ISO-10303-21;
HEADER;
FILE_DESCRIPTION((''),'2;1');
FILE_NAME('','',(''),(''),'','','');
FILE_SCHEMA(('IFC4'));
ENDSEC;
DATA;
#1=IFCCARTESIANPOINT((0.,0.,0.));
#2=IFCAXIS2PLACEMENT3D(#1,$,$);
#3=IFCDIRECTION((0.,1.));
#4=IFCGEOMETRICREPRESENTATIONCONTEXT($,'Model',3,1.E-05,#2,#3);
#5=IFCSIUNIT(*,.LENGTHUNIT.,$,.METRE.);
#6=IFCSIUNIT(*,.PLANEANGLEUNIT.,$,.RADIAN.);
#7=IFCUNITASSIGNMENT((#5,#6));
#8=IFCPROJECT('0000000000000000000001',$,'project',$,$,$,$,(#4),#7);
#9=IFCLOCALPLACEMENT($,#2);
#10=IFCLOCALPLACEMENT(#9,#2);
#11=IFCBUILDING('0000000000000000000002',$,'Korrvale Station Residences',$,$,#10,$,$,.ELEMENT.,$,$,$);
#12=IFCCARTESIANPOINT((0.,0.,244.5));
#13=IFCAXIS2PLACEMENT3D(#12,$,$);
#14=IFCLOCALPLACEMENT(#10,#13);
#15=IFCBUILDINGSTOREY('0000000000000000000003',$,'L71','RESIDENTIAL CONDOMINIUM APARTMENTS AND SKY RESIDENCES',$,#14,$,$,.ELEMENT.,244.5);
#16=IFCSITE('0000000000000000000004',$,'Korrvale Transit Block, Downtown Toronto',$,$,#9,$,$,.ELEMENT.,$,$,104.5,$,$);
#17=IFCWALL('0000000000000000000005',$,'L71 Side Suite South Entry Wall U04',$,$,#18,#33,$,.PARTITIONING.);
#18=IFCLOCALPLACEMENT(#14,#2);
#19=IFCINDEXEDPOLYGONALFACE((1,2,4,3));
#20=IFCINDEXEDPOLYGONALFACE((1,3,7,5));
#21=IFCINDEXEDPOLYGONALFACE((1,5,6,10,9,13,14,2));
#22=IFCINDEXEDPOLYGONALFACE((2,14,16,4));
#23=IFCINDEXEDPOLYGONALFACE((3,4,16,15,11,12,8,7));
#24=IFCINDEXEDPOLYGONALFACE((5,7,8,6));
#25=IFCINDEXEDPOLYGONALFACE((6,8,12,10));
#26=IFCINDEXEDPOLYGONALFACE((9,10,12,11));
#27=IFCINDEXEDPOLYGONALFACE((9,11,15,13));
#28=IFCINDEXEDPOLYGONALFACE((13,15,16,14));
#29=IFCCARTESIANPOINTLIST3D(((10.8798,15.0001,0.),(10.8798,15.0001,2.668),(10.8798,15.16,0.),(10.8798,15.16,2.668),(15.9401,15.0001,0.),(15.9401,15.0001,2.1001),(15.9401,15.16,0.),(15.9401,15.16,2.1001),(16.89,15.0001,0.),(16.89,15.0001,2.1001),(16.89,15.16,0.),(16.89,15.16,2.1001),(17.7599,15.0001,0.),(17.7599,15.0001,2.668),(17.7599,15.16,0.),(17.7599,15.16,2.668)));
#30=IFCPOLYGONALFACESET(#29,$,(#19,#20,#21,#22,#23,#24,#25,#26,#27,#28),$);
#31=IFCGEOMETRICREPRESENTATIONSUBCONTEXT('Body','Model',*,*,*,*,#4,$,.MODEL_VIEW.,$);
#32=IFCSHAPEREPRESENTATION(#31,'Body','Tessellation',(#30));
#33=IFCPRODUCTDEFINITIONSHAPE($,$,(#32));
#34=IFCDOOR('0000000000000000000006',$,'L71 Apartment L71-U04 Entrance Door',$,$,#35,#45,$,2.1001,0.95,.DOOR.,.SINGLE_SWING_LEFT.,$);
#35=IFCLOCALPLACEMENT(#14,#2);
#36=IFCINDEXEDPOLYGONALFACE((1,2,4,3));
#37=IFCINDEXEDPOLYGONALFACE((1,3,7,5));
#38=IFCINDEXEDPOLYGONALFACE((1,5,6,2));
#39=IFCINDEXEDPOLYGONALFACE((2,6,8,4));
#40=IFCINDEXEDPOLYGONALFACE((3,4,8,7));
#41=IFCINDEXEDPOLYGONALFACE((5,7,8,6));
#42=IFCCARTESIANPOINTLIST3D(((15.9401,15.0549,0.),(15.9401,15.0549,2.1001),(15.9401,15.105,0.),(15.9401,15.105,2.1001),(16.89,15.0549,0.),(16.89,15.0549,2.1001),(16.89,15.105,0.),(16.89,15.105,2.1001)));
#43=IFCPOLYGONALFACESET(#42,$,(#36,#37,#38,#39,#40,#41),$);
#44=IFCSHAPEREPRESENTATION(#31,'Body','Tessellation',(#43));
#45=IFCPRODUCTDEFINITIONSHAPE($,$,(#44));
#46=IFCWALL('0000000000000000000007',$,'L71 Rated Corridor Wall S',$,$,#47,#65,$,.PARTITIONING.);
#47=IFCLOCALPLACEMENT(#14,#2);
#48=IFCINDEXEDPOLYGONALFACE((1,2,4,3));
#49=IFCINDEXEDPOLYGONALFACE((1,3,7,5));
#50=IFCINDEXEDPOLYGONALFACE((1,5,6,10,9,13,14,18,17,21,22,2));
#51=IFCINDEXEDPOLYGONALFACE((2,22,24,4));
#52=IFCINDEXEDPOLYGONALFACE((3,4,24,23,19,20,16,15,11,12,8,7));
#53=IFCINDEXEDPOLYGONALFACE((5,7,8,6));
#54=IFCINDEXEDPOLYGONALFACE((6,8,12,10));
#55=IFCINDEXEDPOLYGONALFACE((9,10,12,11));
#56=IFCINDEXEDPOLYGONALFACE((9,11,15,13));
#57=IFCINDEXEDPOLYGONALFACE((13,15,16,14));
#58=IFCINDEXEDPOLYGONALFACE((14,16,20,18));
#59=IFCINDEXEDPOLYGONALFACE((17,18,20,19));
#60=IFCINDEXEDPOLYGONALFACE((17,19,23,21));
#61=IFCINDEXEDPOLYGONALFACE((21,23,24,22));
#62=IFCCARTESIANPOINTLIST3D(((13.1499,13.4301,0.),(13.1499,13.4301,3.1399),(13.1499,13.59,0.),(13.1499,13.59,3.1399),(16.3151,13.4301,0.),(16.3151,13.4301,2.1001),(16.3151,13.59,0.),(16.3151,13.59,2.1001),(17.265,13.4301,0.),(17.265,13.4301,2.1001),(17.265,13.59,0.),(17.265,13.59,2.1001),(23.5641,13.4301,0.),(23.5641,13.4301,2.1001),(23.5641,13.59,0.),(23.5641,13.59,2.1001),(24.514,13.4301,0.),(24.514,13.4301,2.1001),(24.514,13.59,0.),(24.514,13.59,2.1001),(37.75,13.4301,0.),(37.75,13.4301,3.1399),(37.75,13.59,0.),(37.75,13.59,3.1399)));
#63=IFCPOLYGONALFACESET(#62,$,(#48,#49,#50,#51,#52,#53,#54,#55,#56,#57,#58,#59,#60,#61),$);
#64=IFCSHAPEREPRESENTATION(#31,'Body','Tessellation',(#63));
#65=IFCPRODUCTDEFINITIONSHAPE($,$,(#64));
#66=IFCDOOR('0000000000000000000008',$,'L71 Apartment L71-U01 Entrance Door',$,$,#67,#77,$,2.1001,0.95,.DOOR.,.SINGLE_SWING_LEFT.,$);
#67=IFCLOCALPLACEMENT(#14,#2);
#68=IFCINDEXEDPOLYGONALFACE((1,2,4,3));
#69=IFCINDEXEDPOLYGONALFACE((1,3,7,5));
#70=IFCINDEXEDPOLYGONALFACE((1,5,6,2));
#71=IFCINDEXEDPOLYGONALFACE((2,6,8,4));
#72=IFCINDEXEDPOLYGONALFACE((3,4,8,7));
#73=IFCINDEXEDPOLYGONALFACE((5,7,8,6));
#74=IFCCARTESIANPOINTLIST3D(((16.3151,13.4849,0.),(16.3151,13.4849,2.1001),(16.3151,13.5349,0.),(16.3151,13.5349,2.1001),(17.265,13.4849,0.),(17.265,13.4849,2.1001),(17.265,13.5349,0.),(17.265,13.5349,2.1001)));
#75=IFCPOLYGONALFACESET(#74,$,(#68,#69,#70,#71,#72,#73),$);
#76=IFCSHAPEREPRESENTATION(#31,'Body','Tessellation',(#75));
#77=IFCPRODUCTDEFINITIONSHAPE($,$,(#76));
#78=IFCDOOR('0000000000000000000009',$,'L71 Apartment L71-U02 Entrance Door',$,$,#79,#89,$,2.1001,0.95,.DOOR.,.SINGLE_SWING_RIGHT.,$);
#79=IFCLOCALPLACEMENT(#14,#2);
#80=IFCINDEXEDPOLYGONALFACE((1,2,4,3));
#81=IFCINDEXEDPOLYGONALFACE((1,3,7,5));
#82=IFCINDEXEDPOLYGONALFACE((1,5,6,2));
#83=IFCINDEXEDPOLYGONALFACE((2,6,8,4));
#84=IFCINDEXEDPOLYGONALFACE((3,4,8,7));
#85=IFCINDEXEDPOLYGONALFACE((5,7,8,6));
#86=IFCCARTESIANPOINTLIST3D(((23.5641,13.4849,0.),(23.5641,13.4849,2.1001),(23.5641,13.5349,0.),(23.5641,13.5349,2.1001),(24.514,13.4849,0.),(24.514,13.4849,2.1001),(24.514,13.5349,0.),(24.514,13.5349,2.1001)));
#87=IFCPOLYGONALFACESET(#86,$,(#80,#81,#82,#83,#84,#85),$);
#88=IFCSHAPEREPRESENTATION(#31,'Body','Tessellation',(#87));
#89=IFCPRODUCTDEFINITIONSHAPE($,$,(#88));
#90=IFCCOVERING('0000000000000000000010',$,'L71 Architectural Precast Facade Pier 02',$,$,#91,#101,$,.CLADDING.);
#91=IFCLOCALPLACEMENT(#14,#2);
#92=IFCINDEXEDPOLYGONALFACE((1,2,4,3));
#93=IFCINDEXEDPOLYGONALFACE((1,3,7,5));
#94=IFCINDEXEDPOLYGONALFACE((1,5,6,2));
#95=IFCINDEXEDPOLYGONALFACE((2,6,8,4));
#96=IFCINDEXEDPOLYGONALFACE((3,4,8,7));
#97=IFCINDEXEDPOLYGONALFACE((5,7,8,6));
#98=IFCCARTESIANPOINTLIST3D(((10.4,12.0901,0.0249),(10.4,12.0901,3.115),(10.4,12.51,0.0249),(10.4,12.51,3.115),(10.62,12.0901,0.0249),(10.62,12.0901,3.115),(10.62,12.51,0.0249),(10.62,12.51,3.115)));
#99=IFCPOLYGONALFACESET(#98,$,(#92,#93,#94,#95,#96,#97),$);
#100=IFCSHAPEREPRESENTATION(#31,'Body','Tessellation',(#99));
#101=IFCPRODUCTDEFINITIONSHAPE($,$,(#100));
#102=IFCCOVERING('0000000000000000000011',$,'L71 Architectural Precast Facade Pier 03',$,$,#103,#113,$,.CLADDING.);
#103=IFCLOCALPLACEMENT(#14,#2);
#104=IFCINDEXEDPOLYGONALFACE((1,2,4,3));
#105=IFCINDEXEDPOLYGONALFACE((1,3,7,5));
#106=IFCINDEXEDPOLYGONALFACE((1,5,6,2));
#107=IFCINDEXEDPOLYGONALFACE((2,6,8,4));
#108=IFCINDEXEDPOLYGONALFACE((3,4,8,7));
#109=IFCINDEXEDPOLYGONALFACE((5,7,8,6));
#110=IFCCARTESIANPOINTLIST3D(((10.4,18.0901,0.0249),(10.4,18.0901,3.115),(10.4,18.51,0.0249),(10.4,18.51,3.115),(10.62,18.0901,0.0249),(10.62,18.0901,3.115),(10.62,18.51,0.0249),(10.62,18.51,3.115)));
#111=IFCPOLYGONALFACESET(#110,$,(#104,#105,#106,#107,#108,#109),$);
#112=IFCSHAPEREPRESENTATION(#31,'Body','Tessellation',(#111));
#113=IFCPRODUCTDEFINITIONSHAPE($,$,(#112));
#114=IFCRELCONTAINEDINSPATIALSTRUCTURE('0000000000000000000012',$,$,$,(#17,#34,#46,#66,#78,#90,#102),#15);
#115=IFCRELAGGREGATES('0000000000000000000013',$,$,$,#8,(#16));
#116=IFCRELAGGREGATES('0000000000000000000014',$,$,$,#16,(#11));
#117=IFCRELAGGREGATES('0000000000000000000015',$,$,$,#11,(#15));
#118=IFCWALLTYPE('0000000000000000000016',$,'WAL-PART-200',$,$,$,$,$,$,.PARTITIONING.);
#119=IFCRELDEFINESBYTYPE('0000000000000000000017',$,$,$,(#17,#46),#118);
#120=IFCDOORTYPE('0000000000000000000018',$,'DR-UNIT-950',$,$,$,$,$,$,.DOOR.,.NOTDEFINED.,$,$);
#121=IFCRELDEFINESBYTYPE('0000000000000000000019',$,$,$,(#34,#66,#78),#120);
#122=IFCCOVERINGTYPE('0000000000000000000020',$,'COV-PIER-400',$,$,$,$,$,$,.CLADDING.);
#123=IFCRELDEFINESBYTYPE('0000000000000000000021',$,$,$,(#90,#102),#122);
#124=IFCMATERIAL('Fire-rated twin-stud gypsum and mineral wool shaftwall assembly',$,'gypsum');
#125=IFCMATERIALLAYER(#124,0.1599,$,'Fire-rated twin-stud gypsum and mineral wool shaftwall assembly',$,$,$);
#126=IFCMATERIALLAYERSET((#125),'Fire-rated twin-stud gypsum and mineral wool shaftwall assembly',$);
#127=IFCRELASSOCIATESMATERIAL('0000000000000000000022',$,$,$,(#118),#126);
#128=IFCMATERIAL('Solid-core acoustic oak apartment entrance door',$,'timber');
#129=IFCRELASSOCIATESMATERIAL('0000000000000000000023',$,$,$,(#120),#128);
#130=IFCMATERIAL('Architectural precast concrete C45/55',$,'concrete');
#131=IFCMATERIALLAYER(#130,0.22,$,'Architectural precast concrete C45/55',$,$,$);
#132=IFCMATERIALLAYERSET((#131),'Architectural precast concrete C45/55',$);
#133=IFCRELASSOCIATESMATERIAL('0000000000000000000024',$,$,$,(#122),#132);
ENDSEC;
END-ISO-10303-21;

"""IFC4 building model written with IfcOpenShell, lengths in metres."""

from ifc_helpers import new_model, si_unit, direction, frame, frame_2d, origin, origin_2d, place, context, subcontext, project, spatial, rectangle, extrude, material, layer, layer_set, type_object, element, fill, save


model = new_model("IFC4")

# Units and contexts
model_context = context("Model", 3, precision=1e-05, world=origin(), true_north=direction((0.0, 1.0)))
body_context = subcontext(model_context, "Body", "Model", "MODEL_VIEW")
ifc_project = project(units=[si_unit("LENGTHUNIT", "METRE"), si_unit("PLANEANGLEUNIT", "RADIAN")], contexts=[model_context])

# Site, building, storey
site_placement = place(None, origin())
site = spatial("IfcSite", under=ifc_project, at=site_placement, Name="Korrvale Transit Block, Downtown Toronto", CompositionType="ELEMENT", RefElevation=104.5)
building_placement = place(site_placement, origin())
building = spatial("IfcBuilding", under=site, at=building_placement, Name="Korrvale Station Residences", CompositionType="ELEMENT")
storey_placement = place(building_placement, frame((0.0, 0.0, 244.5)))
storey = spatial("IfcBuildingStorey", under=building, at=storey_placement, Name="L71", Description="RESIDENTIAL CONDOMINIUM APARTMENTS AND SKY RESIDENCES", CompositionType="ELEMENT", Elevation=244.5)

# Shared definitions
ifc_material_1 = material(Name="Fire-rated twin-stud gypsum and mineral wool shaftwall assembly", Category="gypsum")
ifc_layer_1 = layer(ifc_material_1, 0.1599, Name="Fire-rated twin-stud gypsum and mineral wool shaftwall assembly")
ifc_layer_set_1 = layer_set([ifc_layer_1], Name="Fire-rated twin-stud gypsum and mineral wool shaftwall assembly")
wall_type_1 = type_object("IfcWallType", Name="WAL-PART-200", PredefinedType="PARTITIONING", material=ifc_layer_set_1)

# Wall, opening, door
wall_1_placement = place(storey_placement, frame((10.8799, 15.0801, 0.0), z_axis=(0.0, 0.0, 1.0), x_axis=(1.0, 0.0, 0.0)))
wall_1 = element("IfcWall", 1, at=wall_1_placement, inside=storey, type_object=wall_type_1, Name="L71 Side Suite South Entry Wall U04", PredefinedType="PARTITIONING", context=body_context, shape_type="SweptSolid", body=[
    extrude(rectangle(XDim=6.8801, YDim=0.1599, at=frame_2d((3.4399, 0.0))), origin(), (0.0, 0.0, 1.0), 2.668),
])
opening_1_placement = place(wall_1_placement, frame((5.0601, 0.0, 0.0)))
opening_1 = element("IfcOpeningElement", 2, at=opening_1_placement, cuts=wall_1, PredefinedType="OPENING", context=body_context, shape_type="SweptSolid", body=[
    extrude(rectangle(XDim=0.95, YDim=2.1001, at=frame_2d((0.4751, 1.05))), frame((0.0, 0.0898, 0.0), z_axis=(0.0, -1.0, 0.0), x_axis=(1.0, 0.0, 0.0)), (0.0, 0.0, 1.0), 0.1799),
])
ifc_material_2 = material(Name="Solid-core acoustic oak apartment entrance door", Category="timber")
door_type_1 = type_object("IfcDoorType", Name="DR-UNIT-950", OperationType="NOTDEFINED", PredefinedType="DOOR", material=ifc_material_2)
door_1_placement = place(opening_1_placement, origin())
door_1 = element("IfcDoor", 3, at=door_1_placement, inside=storey, type_object=door_type_1, Name="L71 Apartment L71-U04 Entrance Door", OperationType="SINGLE_SWING_LEFT", OverallHeight=2.1001, OverallWidth=0.95, PredefinedType="DOOR", context=body_context, shape_type="SweptSolid", body=[
    extrude(rectangle(XDim=0.95, YDim=2.1001, at=frame_2d((0.4751, 1.05))), frame((0.0, 0.0249, 0.0), z_axis=(0.0, -1.0, 0.0), x_axis=(1.0, 0.0, 0.0)), (0.0, 0.0, 1.0), 0.05),
])
fill(opening_1, door_1)

# Wall, openings, doors
wall_2_placement = place(storey_placement, frame((13.1499, 13.51, 0.0), z_axis=(0.0, 0.0, 1.0), x_axis=(1.0, 0.0, 0.0)))
wall_2 = element("IfcWall", 4, at=wall_2_placement, inside=storey, type_object=wall_type_1, Name="L71 Rated Corridor Wall S", PredefinedType="PARTITIONING", context=body_context, shape_type="SweptSolid", body=[
    extrude(rectangle(XDim=24.6001, YDim=0.1599, at=frame_2d((12.3, 0.0))), origin(), (0.0, 0.0, 1.0), 3.1399),
])
opening_2_placement = place(wall_2_placement, frame((3.165, 0.0, 0.0)))
opening_2 = element("IfcOpeningElement", 5, at=opening_2_placement, cuts=wall_2, PredefinedType="OPENING", context=body_context, shape_type="SweptSolid", body=[
    extrude(rectangle(XDim=0.95, YDim=2.1001, at=frame_2d((0.4751, 1.05))), frame((0.0, 0.0898, 0.0), z_axis=(0.0, -1.0, 0.0), x_axis=(1.0, 0.0, 0.0)), (0.0, 0.0, 1.0), 0.1799),
])
opening_3_placement = place(wall_2_placement, frame((10.4141, 0.0, 0.0)))
opening_3 = element("IfcOpeningElement", 6, at=opening_3_placement, cuts=wall_2, PredefinedType="OPENING", context=body_context, shape_type="SweptSolid", body=[
    extrude(rectangle(XDim=0.95, YDim=2.1001, at=frame_2d((0.4751, 1.05))), frame((0.0, 0.0898, 0.0), z_axis=(0.0, -1.0, 0.0), x_axis=(1.0, 0.0, 0.0)), (0.0, 0.0, 1.0), 0.1799),
])
door_2_placement = place(opening_2_placement, origin())
door_2 = element("IfcDoor", 7, at=door_2_placement, inside=storey, type_object=door_type_1, Name="L71 Apartment L71-U01 Entrance Door", OperationType="SINGLE_SWING_LEFT", OverallHeight=2.1001, OverallWidth=0.95, PredefinedType="DOOR", context=body_context, shape_type="SweptSolid", body=[
    extrude(rectangle(XDim=0.95, YDim=2.1001, at=frame_2d((0.4751, 1.05))), frame((0.0, 0.0249, 0.0), z_axis=(0.0, -1.0, 0.0), x_axis=(1.0, 0.0, 0.0)), (0.0, 0.0, 1.0), 0.05),
])
fill(opening_2, door_2)
door_3_placement = place(opening_3_placement, origin())
door_3 = element("IfcDoor", 8, at=door_3_placement, inside=storey, type_object=door_type_1, Name="L71 Apartment L71-U02 Entrance Door", OperationType="SINGLE_SWING_RIGHT", OverallHeight=2.1001, OverallWidth=0.95, PredefinedType="DOOR", context=body_context, shape_type="SweptSolid", body=[
    extrude(rectangle(XDim=0.95, YDim=2.1001, at=frame_2d((0.4751, 1.05))), frame((0.0, 0.0249, 0.0), z_axis=(0.0, -1.0, 0.0), x_axis=(1.0, 0.0, 0.0)), (0.0, 0.0, 1.0), 0.05),
])
fill(opening_3, door_3)

# Coverings
ifc_material_3 = material(Name="Architectural precast concrete C45/55", Category="concrete")
ifc_layer_2 = layer(ifc_material_3, 0.22, Name="Architectural precast concrete C45/55")
ifc_layer_set_2 = layer_set([ifc_layer_2], Name="Architectural precast concrete C45/55")
covering_type = type_object("IfcCoveringType", Name="COV-PIER-400", PredefinedType="CLADDING", material=ifc_layer_set_2)
for number, where, z_axis, x_axis, name in (
    (9, (10.51, 12.3, 0.0249), (0.0, 0.0, 1.0), (0.0, 1.0, 0.0), "L71 Architectural Precast Facade Pier 02"),
    (10, (10.51, 18.3, 0.0249), (0.0, 0.0, 1.0), (0.0, 1.0, 0.0), "L71 Architectural Precast Facade Pier 03"),
):
    element("IfcCovering", number, at=place(storey_placement, frame(where, z_axis=z_axis, x_axis=x_axis)), inside=storey, type_object=covering_type, Name=name, PredefinedType="CLADDING", context=body_context, shape_type="SweptSolid", body=[
        extrude(rectangle(XDim=0.4199, YDim=0.22, at=origin_2d()), origin(), (0.0, 0.0, 1.0), 3.0901),
    ])

save(model, "model.ifc")
